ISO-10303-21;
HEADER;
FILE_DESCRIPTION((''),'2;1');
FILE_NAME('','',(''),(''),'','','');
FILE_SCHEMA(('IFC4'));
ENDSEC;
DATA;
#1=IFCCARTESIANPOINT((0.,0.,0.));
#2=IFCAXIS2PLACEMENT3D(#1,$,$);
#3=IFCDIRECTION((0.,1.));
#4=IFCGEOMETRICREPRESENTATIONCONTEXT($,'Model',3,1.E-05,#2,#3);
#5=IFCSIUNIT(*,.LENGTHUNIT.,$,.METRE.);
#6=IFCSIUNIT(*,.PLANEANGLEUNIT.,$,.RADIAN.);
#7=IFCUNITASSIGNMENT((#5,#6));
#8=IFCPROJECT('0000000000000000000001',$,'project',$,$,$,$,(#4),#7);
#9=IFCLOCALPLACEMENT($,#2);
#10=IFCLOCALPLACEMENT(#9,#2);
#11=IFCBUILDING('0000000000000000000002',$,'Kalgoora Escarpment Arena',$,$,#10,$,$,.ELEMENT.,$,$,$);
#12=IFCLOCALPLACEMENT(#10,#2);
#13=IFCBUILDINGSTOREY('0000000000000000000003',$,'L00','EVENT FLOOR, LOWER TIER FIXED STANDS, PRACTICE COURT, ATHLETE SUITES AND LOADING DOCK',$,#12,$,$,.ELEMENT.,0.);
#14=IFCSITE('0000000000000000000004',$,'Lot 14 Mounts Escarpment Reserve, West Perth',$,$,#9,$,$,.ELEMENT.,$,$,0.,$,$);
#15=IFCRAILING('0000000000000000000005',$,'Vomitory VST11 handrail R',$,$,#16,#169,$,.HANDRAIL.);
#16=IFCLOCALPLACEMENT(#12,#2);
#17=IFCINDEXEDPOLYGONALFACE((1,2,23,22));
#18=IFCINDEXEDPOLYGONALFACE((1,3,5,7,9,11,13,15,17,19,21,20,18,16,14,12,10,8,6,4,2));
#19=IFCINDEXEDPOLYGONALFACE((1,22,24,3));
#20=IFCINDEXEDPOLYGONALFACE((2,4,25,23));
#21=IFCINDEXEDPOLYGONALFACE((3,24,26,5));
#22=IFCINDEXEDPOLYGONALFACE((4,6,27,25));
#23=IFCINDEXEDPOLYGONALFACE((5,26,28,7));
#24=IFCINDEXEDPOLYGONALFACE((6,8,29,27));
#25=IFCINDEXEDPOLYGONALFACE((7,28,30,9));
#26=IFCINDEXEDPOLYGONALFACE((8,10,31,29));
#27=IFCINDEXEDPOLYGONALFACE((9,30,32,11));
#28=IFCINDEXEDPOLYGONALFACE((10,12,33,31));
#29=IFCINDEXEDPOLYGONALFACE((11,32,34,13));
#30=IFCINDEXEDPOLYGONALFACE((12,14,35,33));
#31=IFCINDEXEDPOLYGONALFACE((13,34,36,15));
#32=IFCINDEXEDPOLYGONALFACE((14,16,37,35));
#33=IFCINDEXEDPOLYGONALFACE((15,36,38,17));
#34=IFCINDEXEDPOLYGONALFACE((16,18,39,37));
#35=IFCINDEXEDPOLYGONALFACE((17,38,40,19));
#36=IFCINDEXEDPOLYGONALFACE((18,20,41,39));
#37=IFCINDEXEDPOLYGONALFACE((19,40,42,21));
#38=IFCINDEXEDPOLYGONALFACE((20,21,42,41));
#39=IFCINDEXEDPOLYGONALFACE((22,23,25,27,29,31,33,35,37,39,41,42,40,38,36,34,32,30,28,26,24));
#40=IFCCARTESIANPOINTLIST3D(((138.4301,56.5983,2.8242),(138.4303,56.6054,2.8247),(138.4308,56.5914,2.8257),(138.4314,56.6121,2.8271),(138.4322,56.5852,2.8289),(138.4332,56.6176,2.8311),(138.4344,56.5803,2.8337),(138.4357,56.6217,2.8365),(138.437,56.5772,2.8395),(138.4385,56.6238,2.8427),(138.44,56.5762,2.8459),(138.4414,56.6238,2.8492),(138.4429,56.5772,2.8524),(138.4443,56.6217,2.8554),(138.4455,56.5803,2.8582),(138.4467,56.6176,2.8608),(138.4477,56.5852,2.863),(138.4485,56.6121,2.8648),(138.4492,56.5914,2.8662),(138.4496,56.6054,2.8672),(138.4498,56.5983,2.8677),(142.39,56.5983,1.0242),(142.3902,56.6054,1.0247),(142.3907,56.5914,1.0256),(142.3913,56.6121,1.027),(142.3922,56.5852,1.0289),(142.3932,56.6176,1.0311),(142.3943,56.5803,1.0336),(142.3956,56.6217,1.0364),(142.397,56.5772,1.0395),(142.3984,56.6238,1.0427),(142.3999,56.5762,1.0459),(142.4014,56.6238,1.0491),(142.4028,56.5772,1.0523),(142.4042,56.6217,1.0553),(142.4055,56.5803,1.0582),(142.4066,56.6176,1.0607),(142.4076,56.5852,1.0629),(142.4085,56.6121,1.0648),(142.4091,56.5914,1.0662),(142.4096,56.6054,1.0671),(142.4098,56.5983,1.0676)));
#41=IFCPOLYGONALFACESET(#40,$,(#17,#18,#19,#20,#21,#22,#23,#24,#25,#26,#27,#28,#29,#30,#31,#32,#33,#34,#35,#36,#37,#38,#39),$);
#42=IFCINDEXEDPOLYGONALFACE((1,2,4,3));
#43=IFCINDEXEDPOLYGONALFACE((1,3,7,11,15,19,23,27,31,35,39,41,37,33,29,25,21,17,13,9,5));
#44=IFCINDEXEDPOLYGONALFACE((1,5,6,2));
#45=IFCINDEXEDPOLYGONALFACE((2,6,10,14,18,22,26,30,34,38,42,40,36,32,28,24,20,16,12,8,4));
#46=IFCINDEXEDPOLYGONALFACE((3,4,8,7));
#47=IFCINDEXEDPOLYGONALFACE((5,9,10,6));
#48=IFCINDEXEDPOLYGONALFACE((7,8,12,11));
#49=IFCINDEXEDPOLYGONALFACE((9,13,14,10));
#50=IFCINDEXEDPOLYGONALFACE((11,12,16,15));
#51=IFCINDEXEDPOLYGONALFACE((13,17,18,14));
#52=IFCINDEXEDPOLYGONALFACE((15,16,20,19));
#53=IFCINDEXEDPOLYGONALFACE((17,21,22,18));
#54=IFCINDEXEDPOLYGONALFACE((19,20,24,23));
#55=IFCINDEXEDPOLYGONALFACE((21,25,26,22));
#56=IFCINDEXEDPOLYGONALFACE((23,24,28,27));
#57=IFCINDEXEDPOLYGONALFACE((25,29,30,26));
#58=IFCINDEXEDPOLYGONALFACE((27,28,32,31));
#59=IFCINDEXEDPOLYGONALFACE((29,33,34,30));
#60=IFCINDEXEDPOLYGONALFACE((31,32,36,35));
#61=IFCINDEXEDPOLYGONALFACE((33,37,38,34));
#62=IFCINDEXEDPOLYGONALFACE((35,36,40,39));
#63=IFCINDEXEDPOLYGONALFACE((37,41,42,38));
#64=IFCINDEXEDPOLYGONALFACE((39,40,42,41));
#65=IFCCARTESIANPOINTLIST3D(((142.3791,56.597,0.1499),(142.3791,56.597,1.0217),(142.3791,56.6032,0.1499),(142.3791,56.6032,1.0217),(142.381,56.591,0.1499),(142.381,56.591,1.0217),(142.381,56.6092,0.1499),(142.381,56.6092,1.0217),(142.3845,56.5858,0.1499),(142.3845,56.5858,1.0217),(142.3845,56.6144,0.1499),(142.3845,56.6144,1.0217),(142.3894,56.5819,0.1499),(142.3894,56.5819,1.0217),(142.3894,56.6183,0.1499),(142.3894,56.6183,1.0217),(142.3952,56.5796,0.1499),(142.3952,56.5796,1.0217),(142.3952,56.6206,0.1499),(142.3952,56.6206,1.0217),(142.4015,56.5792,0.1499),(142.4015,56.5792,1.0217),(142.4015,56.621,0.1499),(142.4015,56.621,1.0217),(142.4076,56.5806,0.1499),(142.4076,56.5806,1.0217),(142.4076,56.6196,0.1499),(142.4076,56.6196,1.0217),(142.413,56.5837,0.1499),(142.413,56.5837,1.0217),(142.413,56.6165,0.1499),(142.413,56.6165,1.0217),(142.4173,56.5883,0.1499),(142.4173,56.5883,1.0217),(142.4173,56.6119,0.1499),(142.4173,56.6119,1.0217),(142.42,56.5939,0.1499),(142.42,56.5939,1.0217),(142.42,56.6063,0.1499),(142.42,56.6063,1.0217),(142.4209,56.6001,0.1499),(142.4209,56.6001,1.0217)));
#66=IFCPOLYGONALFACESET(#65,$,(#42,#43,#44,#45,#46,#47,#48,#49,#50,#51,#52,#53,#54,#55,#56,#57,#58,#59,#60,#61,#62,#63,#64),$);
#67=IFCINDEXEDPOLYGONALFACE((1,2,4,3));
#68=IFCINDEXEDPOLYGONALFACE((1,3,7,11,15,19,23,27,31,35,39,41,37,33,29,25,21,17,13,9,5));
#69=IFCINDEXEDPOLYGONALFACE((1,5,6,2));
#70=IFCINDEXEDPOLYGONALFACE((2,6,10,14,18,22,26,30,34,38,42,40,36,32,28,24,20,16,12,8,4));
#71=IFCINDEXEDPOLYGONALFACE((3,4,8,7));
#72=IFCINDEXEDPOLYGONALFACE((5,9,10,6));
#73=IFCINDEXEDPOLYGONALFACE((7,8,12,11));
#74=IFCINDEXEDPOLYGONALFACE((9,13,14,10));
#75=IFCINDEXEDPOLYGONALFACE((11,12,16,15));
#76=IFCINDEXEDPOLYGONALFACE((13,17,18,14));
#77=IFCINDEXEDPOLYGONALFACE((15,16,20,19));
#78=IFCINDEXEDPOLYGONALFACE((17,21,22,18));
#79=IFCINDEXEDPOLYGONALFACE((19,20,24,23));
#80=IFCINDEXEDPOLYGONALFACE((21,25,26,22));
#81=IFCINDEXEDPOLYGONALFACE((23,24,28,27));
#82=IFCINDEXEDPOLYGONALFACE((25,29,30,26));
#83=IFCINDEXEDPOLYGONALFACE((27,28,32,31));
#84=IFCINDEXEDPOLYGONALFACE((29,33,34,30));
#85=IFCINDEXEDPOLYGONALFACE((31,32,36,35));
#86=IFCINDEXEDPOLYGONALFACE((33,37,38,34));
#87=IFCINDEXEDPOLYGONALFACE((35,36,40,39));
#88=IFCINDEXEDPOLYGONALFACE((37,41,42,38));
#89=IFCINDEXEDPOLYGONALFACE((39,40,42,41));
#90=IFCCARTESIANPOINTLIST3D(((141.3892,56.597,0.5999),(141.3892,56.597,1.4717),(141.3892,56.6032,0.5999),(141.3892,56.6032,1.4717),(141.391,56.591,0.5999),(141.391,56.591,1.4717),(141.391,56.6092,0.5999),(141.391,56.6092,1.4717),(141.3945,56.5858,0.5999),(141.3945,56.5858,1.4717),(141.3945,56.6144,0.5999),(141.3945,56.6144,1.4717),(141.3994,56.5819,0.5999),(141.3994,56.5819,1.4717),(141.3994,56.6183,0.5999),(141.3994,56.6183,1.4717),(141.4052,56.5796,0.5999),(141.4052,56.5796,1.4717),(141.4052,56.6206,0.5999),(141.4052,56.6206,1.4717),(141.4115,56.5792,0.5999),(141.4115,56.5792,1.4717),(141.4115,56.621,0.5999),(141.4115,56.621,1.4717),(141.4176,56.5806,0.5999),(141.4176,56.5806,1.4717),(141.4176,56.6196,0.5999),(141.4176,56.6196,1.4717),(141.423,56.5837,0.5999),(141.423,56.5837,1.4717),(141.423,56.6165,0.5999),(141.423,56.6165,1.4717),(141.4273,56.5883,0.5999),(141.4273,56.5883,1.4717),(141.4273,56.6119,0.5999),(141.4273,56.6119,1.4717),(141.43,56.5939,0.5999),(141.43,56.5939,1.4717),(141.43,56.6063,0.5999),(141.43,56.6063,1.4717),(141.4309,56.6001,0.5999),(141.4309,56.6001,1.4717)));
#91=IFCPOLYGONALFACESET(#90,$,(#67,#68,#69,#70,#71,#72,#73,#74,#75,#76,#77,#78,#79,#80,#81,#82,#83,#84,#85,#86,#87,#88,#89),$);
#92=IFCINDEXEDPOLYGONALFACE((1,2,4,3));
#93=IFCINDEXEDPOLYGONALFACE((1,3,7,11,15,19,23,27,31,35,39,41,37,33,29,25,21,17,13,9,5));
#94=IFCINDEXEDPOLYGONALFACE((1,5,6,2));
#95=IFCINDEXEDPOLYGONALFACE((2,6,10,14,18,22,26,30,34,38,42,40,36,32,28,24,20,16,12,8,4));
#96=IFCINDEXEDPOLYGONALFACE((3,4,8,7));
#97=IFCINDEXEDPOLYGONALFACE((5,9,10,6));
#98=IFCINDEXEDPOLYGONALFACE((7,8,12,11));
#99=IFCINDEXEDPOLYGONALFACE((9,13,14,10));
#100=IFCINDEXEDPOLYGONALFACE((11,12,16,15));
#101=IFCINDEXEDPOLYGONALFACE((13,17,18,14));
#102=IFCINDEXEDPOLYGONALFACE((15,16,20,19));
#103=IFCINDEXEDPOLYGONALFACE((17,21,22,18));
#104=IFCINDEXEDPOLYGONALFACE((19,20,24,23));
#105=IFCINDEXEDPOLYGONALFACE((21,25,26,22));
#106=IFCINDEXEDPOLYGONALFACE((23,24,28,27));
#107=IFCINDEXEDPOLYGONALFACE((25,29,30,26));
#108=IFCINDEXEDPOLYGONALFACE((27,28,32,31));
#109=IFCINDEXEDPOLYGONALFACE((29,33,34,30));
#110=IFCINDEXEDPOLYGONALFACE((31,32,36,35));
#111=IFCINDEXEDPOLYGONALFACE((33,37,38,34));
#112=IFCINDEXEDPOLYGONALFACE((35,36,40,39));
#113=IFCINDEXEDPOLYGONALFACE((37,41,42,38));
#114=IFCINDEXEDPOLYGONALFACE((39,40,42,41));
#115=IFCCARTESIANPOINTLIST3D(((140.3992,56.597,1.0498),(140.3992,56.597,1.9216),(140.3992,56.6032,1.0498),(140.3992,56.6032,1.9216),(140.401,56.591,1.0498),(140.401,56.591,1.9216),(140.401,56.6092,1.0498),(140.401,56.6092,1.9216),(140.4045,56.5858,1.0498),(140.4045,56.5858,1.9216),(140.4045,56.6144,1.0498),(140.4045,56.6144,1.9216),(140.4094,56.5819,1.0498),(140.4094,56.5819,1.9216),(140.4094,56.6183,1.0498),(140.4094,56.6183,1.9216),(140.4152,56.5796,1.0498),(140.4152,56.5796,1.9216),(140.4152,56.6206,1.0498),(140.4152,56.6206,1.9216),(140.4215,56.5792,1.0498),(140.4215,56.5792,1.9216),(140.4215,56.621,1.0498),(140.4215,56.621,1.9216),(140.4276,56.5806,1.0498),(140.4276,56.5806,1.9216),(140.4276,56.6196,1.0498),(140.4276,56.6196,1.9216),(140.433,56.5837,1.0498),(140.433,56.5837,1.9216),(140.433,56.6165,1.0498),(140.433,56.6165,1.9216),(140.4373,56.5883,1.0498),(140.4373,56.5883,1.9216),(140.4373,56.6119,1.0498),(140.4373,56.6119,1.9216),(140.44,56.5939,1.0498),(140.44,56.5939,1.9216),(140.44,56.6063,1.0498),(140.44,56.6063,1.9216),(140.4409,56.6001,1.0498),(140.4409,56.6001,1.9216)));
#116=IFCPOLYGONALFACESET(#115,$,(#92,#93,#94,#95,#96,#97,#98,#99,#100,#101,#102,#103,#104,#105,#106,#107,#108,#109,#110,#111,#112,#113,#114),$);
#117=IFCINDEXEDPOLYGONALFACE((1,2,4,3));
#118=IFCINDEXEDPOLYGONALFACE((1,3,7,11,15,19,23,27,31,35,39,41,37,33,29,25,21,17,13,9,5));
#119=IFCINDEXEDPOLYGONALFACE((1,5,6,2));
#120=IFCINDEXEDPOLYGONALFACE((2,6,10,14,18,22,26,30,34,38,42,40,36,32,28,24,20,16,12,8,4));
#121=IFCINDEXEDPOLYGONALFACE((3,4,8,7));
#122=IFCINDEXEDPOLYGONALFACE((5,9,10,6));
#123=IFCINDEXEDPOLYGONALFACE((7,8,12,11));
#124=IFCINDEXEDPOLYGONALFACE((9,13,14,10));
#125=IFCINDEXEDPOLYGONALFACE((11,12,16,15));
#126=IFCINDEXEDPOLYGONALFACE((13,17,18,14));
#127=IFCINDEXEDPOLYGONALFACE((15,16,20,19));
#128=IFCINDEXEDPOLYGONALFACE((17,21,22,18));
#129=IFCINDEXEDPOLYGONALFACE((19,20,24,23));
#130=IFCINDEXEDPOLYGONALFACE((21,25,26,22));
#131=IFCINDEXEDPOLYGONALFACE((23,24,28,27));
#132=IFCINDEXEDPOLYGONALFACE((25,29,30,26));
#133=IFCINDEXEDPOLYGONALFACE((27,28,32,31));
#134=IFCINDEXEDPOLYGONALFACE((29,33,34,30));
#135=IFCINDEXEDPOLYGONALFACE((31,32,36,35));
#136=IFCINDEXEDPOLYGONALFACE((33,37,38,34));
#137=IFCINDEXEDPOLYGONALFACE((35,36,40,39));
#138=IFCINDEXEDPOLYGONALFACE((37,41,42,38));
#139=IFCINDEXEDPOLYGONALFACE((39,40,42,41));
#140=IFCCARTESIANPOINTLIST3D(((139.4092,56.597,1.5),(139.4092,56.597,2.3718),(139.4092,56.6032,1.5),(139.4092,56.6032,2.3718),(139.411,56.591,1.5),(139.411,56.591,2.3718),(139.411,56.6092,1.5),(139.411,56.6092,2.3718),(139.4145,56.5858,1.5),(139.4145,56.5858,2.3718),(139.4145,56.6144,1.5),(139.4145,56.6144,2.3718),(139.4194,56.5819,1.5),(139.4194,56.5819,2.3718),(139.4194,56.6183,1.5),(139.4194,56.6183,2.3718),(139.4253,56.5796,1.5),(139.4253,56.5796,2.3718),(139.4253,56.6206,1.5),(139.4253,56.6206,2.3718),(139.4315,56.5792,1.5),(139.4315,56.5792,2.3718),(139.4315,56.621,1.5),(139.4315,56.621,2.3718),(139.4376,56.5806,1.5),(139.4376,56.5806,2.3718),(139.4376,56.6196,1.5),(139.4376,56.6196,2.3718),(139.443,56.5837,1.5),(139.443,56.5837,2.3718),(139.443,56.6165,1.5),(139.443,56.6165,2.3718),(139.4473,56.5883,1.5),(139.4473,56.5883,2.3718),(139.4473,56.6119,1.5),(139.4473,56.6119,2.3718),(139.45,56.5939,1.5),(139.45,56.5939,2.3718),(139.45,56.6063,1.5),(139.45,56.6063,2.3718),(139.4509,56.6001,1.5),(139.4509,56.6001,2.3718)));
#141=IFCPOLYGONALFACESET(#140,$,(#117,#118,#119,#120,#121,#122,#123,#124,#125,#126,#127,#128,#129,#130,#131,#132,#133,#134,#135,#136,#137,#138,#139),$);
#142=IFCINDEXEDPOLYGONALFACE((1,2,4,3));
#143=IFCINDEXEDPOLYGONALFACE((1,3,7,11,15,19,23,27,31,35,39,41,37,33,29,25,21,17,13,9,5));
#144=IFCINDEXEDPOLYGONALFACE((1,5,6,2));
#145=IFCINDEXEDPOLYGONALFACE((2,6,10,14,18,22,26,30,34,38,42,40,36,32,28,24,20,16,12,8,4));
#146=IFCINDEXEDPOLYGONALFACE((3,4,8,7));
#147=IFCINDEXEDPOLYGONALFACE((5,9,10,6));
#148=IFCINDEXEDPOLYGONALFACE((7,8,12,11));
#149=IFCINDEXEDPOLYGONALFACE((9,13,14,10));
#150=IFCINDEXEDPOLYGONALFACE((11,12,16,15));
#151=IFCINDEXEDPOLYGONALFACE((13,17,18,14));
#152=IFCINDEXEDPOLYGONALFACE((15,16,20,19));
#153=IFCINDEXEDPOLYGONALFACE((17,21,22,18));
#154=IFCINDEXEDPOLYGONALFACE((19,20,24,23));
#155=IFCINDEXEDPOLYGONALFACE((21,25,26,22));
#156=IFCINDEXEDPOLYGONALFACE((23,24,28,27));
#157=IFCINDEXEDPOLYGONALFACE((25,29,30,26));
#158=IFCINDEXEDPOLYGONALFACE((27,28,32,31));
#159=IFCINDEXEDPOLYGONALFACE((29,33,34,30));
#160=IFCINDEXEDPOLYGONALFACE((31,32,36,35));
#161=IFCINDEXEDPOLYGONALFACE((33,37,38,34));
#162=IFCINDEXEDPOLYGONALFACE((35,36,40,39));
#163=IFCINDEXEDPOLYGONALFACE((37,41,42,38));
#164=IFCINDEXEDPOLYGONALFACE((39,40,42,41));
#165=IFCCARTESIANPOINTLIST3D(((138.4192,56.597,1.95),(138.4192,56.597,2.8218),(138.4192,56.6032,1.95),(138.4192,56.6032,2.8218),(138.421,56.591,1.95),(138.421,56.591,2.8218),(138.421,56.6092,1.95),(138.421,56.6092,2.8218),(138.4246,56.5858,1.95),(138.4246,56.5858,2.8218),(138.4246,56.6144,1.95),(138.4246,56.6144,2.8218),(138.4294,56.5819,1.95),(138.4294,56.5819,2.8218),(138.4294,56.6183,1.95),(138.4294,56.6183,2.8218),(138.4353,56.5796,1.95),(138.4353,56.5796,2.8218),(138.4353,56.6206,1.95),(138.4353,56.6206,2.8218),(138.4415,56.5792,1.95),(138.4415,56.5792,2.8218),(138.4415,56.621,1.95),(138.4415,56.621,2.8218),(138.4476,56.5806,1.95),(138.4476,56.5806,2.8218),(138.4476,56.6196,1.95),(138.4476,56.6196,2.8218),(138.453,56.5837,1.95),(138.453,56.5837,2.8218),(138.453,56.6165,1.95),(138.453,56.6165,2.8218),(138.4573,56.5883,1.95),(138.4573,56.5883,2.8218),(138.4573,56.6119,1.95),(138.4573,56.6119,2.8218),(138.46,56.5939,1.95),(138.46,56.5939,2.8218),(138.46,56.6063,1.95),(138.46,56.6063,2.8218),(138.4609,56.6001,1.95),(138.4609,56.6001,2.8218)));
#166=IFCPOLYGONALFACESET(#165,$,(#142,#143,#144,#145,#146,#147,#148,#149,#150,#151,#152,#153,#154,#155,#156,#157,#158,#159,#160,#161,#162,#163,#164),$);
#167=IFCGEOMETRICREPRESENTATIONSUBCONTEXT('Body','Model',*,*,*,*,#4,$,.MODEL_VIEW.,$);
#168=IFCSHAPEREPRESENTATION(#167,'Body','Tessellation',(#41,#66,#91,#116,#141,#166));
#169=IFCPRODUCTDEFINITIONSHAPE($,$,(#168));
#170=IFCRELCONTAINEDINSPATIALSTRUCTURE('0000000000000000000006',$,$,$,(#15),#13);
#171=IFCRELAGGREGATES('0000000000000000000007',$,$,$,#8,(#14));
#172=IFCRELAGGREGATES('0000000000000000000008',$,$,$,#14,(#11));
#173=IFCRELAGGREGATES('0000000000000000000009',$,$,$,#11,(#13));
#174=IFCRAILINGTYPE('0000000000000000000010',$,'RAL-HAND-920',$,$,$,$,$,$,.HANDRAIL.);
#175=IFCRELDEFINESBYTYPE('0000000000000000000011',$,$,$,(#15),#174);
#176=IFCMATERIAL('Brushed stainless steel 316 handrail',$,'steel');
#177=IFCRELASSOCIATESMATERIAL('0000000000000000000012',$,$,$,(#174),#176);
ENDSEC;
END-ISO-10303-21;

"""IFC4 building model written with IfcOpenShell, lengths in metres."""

from ifc_helpers import new_model, si_unit, direction, frame, origin, origin_2d, place, context, subcontext, project, spatial, circle, extrude, material, type_object, element, save


model = new_model("IFC4")

# Units and contexts
model_context = context("Model", 3, precision=1e-05, world=origin(), true_north=direction((0.0, 1.0)))
body_context = subcontext(model_context, "Body", "Model", "MODEL_VIEW")
ifc_project = project(units=[si_unit("LENGTHUNIT", "METRE"), si_unit("PLANEANGLEUNIT", "RADIAN")], contexts=[model_context])

# Site, building, storey
site_placement = place(None, origin())
site = spatial("IfcSite", under=ifc_project, at=site_placement, Name="Lot 14 Mounts Escarpment Reserve, West Perth", CompositionType="ELEMENT", RefElevation=0.0)
building_placement = place(site_placement, origin())
building = spatial("IfcBuilding", under=site, at=building_placement, Name="Kalgoora Escarpment Arena", CompositionType="ELEMENT")
storey_placement = place(building_placement, origin())
storey = spatial("IfcBuildingStorey", under=building, at=storey_placement, Name="L00", Description="EVENT FLOOR, LOWER TIER FIXED STANDS, PRACTICE COURT, ATHLETE SUITES AND LOADING DOCK", CompositionType="ELEMENT", Elevation=0.0)

# Railing
ifc_material_1 = material(Name="Brushed stainless steel 316 handrail", Category="steel")
railing_type_1 = type_object("IfcRailingType", Name="RAL-HAND-920", PredefinedType="HANDRAIL", material=ifc_material_1)
railing_1_placement = place(storey_placement, frame((142.3999, 56.6001, 0.1499)))
element("IfcRailing", 1, at=railing_1_placement, inside=storey, type_object=railing_type_1, Name="Vomitory VST11 handrail R", PredefinedType="HANDRAIL", context=body_context, shape_type="SweptSolid", body=[
    extrude(circle(Radius=0.0239, at=origin_2d()), frame((0.0, 0.0, 0.896), z_axis=(-0.910361, 0.0, 0.413816), x_axis=(0.0, -1.0, 0.0)), (0.0, 0.0, 1.0), 4.3499),
    extrude(circle(Radius=0.021, at=origin_2d()), origin(), (0.0, 0.0, 1.0), 0.8718),
    extrude(circle(Radius=0.021, at=origin_2d()), frame((-0.99, 0.0, 0.45)), (0.0, 0.0, 1.0), 0.8718),
    extrude(circle(Radius=0.021, at=origin_2d()), frame((-1.98, 0.0, 0.8999)), (0.0, 0.0, 1.0), 0.8718),
    extrude(circle(Radius=0.021, at=origin_2d()), frame((-2.97, 0.0, 1.3501)), (0.0, 0.0, 1.0), 0.8718),
    extrude(circle(Radius=0.021, at=origin_2d()), frame((-3.96, 0.0, 1.8)), (0.0, 0.0, 1.0), 0.8718),
])

save(model, "model.ifc")
